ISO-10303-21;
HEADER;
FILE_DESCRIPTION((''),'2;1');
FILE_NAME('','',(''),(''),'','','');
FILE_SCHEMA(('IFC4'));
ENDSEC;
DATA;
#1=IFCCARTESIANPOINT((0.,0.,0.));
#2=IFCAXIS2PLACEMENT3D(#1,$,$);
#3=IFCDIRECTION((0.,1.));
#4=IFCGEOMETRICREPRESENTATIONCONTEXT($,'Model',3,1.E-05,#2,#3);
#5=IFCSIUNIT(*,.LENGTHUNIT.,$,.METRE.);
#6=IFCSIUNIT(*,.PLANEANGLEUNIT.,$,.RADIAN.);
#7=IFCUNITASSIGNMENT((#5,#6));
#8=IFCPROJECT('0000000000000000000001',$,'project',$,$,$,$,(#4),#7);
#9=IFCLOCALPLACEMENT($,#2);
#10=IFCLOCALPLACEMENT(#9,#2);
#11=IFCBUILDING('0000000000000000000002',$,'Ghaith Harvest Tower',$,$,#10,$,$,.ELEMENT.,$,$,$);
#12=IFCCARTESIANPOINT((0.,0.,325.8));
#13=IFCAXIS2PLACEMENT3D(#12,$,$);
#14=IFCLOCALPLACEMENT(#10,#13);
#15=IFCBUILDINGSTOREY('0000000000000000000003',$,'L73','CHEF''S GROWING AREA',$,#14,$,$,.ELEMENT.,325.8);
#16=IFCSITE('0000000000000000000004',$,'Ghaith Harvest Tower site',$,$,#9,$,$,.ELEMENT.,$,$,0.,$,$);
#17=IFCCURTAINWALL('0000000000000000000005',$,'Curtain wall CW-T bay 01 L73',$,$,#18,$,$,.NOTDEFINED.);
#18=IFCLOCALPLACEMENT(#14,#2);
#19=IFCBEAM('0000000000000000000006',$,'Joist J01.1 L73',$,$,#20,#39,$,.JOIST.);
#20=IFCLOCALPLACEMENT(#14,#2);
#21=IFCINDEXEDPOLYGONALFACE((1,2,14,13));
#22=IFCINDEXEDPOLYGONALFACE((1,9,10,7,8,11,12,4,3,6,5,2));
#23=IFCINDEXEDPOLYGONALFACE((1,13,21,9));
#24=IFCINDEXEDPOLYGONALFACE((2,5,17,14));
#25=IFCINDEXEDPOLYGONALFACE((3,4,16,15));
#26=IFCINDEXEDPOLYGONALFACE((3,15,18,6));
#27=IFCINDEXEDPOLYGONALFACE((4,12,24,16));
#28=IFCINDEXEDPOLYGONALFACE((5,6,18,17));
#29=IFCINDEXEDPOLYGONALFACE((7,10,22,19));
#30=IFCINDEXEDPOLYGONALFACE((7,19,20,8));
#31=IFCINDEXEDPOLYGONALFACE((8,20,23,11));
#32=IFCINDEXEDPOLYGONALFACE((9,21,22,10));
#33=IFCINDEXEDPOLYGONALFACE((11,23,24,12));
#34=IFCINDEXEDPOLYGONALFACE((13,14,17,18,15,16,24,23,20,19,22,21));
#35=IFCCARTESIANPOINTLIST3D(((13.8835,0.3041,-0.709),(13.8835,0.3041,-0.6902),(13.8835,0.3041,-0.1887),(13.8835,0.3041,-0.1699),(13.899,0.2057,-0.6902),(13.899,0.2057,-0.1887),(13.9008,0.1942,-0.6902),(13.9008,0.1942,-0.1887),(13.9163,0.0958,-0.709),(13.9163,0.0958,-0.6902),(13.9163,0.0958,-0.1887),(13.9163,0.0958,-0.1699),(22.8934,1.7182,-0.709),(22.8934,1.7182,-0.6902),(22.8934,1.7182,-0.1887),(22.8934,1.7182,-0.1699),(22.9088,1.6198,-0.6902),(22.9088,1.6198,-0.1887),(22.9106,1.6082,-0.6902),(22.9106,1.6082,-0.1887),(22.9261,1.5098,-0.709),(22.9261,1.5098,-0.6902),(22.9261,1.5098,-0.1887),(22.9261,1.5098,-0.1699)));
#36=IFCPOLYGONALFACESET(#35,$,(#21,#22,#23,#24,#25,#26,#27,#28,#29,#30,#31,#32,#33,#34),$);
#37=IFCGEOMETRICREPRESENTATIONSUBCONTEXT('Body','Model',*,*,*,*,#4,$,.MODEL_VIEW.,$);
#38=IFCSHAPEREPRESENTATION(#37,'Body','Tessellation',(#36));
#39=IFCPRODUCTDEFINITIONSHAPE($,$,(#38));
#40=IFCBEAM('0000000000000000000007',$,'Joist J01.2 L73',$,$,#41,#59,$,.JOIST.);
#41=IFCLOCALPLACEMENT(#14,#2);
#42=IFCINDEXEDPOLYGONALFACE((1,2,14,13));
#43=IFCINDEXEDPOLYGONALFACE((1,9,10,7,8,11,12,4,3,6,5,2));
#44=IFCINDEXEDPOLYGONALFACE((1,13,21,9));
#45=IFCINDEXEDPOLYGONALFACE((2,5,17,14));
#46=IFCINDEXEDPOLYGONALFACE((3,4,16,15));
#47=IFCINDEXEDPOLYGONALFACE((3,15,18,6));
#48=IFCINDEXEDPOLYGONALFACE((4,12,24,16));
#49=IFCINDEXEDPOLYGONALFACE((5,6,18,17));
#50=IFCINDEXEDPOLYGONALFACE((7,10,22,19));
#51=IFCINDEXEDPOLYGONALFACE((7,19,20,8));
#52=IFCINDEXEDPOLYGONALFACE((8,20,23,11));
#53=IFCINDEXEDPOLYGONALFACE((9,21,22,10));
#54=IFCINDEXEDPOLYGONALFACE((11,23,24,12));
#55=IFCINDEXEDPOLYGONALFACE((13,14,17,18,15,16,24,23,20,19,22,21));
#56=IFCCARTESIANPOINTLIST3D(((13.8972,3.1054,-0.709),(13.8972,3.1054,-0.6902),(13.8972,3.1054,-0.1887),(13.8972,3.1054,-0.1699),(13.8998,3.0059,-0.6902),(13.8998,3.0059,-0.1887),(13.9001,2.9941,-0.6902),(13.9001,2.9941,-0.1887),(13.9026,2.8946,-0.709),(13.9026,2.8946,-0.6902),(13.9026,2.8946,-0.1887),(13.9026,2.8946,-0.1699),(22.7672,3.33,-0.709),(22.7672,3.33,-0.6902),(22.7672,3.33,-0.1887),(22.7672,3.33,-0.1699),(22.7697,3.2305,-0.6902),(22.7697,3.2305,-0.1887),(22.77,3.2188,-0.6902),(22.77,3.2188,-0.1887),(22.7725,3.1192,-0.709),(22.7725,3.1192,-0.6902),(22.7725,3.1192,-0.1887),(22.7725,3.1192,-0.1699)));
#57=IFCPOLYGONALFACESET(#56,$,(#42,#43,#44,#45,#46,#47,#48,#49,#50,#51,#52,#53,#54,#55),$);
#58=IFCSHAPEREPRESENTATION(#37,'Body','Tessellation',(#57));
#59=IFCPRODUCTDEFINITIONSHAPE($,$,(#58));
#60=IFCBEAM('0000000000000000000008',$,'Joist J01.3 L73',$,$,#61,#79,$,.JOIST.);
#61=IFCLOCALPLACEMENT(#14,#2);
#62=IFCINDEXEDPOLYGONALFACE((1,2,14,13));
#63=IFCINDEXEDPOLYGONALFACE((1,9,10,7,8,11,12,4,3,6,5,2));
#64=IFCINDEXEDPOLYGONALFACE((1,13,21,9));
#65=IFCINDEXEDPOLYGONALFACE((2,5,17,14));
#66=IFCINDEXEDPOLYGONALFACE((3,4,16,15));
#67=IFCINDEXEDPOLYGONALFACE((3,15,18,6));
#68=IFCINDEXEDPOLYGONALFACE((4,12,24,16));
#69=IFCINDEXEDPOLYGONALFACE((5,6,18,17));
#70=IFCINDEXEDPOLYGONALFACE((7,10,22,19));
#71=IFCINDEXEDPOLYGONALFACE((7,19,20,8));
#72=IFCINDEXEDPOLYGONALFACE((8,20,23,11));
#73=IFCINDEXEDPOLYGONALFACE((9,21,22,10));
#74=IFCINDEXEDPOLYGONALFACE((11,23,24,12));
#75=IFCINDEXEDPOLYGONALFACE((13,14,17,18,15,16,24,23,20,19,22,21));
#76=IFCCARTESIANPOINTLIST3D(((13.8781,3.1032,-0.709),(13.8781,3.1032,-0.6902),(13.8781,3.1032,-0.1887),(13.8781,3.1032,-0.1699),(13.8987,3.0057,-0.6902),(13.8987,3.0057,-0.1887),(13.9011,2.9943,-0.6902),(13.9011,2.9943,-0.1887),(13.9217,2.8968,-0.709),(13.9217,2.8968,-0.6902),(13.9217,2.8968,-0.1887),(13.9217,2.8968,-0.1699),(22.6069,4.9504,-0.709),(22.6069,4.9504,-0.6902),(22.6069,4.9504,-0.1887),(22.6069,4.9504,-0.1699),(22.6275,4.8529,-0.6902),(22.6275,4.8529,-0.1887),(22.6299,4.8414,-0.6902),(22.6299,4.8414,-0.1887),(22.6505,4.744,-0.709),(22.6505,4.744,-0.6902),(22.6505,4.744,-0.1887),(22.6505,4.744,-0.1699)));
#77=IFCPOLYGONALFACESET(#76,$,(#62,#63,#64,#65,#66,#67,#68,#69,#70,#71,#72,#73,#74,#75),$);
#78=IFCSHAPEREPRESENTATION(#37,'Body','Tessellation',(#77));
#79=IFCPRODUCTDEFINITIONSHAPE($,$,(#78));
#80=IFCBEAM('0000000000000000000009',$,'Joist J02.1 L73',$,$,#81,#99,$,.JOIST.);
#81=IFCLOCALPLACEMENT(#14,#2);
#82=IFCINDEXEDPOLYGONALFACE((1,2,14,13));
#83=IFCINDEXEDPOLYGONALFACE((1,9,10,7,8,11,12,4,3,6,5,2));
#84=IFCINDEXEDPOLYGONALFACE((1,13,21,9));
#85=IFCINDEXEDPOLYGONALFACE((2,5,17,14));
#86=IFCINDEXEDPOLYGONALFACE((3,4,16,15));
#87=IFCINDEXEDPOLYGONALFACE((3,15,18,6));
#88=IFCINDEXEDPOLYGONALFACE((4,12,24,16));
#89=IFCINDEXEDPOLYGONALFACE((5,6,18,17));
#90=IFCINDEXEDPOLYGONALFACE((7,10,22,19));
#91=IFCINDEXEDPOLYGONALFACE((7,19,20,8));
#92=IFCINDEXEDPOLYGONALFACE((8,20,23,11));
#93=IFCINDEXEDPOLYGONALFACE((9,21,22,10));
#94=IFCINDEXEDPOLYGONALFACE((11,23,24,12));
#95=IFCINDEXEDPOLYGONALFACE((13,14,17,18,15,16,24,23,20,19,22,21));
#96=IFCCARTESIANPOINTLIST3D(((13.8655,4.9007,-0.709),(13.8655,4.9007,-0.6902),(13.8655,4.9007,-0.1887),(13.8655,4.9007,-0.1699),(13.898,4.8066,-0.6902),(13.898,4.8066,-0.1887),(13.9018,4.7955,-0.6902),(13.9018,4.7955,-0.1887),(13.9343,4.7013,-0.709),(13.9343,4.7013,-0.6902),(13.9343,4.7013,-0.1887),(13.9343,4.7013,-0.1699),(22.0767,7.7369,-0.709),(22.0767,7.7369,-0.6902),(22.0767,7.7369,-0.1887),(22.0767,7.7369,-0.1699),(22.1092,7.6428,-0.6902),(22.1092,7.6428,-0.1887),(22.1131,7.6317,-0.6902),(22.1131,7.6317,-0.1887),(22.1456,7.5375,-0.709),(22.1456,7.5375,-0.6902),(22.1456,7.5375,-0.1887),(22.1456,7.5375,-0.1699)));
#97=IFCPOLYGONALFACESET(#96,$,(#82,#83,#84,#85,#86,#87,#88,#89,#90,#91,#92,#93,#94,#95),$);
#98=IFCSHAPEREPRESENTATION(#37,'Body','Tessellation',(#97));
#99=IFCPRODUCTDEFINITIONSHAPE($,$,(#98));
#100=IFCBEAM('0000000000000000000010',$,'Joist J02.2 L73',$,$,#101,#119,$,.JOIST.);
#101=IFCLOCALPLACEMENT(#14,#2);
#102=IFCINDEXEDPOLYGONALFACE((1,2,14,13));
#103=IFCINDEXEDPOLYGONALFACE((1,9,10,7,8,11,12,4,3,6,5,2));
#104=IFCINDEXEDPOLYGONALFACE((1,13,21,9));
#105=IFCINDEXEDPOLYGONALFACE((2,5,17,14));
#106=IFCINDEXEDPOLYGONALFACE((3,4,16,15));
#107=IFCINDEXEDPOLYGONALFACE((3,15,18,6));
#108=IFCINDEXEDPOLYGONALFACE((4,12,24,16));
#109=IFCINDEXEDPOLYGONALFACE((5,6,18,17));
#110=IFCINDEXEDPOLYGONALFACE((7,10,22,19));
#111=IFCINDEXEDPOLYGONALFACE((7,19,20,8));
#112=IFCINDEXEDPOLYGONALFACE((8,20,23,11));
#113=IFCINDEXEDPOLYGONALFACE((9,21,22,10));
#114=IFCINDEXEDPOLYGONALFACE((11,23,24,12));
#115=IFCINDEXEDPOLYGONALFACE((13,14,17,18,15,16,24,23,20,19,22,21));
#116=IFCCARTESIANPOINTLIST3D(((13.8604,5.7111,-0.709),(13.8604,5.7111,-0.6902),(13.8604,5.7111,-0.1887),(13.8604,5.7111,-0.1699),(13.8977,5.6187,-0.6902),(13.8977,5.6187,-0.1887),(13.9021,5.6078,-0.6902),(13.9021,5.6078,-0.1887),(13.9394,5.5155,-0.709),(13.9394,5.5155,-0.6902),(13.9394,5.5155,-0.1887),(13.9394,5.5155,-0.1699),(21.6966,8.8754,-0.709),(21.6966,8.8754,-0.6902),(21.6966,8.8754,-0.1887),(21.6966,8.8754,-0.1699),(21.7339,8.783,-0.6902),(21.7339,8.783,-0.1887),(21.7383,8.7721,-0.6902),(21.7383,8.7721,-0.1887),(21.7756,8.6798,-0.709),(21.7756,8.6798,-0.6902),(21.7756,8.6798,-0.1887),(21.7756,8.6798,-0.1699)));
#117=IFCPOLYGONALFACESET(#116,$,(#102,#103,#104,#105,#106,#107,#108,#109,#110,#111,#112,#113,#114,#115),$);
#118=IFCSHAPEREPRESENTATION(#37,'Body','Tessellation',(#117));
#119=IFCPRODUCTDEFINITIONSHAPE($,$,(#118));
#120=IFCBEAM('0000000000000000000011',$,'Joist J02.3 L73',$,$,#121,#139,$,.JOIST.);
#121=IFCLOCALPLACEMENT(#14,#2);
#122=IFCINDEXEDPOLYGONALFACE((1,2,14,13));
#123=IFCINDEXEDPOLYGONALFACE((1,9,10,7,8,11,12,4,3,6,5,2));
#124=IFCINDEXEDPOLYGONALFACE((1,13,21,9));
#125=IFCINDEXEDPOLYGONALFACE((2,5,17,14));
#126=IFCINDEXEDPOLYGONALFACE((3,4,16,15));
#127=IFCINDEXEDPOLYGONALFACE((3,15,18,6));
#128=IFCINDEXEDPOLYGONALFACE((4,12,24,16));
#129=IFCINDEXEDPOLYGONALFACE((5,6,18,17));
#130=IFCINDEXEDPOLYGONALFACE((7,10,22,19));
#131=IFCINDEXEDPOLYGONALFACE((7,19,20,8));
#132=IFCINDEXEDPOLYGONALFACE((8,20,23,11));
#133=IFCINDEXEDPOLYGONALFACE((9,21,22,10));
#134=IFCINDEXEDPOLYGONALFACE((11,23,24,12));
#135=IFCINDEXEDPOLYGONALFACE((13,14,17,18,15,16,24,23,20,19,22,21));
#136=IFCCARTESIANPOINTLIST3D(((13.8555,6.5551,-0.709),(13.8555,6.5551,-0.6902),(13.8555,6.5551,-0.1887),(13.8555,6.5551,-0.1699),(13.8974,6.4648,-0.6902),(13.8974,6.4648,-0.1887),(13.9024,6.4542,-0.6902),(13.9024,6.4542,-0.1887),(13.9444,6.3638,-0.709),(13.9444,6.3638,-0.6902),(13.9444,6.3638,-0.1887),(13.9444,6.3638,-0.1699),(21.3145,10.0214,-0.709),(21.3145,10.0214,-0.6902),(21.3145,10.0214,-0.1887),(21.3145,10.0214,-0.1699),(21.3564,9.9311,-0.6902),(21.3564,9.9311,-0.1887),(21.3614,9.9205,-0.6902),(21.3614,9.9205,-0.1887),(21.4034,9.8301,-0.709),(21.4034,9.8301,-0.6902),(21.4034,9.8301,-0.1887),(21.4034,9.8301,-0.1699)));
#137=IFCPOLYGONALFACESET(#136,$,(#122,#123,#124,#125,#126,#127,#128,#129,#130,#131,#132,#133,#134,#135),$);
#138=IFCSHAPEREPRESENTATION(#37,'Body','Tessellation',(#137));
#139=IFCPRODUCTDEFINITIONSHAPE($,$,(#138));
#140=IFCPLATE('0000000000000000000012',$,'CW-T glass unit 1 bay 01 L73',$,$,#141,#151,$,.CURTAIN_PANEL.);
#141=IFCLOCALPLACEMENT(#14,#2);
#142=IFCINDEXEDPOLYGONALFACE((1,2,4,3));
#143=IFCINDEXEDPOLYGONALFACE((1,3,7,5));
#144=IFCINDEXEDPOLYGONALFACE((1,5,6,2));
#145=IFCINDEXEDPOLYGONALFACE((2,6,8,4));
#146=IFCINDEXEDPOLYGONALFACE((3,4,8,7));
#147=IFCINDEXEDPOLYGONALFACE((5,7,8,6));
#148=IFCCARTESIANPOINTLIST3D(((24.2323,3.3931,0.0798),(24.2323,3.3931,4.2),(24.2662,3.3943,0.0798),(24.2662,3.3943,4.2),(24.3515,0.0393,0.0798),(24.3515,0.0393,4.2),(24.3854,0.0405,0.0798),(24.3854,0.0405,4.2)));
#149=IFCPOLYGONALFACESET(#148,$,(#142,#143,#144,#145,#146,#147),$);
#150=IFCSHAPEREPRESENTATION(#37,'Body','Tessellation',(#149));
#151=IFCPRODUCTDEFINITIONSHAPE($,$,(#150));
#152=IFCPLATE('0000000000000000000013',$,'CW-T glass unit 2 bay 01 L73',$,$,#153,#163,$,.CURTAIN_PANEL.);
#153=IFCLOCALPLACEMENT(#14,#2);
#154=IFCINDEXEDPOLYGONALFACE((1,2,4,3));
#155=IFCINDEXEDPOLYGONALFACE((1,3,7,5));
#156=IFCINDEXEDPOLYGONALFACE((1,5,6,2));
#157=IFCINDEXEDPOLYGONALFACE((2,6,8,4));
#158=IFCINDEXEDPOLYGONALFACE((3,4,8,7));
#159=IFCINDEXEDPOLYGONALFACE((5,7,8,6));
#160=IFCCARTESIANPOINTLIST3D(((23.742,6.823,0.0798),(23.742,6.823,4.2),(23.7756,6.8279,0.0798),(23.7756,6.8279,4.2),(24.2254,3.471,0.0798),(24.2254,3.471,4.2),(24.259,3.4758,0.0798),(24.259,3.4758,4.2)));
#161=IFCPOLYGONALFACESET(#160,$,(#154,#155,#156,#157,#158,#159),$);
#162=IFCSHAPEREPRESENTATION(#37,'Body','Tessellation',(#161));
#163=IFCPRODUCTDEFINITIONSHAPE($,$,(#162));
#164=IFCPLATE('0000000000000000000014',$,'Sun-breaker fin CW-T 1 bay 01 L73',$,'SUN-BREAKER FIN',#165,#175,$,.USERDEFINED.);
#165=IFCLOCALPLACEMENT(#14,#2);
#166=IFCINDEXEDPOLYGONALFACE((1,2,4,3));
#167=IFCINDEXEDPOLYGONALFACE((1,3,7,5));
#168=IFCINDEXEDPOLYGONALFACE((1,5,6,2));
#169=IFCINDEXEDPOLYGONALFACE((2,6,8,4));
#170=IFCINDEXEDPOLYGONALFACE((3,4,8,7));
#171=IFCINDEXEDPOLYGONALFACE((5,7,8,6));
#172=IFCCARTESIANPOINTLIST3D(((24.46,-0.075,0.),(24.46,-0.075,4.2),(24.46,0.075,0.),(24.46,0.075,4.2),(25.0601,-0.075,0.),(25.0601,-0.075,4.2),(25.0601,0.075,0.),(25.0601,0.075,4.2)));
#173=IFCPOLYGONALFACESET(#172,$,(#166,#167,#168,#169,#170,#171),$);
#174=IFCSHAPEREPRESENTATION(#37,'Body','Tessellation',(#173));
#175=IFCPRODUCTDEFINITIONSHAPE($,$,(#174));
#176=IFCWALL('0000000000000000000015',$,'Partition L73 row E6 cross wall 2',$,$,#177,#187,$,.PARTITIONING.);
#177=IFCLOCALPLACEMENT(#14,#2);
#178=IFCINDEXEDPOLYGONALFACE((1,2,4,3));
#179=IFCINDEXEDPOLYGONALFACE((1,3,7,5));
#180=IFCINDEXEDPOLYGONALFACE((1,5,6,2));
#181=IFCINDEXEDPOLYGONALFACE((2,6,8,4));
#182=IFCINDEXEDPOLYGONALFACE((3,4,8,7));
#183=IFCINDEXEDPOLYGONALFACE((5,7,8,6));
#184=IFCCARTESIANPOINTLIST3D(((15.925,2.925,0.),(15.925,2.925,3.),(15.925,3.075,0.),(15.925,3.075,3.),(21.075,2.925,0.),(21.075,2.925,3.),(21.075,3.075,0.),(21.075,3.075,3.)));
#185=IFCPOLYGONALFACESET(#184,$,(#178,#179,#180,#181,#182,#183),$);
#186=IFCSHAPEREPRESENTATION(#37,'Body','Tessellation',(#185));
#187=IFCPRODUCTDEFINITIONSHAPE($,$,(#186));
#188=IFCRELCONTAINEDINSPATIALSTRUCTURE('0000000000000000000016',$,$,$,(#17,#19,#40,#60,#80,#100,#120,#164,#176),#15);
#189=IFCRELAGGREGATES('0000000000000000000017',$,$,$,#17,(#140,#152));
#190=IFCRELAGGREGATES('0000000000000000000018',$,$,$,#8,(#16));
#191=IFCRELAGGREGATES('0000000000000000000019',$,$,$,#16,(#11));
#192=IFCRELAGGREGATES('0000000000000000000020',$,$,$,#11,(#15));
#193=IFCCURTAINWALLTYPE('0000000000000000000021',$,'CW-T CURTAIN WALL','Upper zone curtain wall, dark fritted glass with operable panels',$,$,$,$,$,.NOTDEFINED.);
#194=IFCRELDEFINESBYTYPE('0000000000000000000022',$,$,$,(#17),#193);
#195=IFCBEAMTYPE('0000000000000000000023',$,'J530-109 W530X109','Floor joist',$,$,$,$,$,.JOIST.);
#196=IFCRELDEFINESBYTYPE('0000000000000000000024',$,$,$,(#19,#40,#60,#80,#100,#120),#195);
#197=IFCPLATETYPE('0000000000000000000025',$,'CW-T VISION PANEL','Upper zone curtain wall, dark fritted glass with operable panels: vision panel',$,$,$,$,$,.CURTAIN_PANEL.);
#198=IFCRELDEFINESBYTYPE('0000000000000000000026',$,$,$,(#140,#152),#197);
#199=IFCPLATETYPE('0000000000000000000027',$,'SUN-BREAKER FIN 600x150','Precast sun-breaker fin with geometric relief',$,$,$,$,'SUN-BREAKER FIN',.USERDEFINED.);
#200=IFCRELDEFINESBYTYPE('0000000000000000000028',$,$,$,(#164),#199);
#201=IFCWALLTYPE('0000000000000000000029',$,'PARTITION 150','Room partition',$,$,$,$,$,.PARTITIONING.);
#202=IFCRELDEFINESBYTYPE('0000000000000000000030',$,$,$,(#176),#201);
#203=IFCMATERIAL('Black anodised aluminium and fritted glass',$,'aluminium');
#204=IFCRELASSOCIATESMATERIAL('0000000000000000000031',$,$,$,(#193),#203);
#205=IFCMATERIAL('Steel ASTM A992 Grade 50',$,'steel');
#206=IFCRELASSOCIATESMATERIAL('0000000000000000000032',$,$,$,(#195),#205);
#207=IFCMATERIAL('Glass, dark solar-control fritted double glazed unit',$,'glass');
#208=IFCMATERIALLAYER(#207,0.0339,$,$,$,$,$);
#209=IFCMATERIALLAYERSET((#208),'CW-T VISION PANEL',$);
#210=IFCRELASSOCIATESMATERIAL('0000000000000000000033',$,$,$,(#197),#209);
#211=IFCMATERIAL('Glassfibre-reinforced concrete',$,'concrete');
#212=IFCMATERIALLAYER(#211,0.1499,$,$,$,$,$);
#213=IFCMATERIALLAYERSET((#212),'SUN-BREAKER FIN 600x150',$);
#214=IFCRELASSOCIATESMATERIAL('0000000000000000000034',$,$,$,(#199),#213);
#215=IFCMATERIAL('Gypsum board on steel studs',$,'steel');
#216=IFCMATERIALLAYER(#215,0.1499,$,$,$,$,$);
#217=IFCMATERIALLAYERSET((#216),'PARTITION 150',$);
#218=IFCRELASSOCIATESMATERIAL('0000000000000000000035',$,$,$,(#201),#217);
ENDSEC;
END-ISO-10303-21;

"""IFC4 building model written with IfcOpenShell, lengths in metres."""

from ifc_helpers import new_model, si_unit, direction, frame, frame_2d, origin, origin_2d, place, context, subcontext, project, spatial, rectangle, i_section, extrude, material, layer, layer_set, material_profile, profile_set, type_object, element, aggregate, save


model = new_model("IFC4")

# Units and contexts
model_context = context("Model", 3, precision=1e-05, world=origin(), true_north=direction((0.0, 1.0)))
body_context = subcontext(model_context, "Body", "Model", "MODEL_VIEW")
ifc_project = project(units=[si_unit("LENGTHUNIT", "METRE"), si_unit("PLANEANGLEUNIT", "RADIAN")], contexts=[model_context])

# Site, building, storey
site_placement = place(None, origin())
site = spatial("IfcSite", under=ifc_project, at=site_placement, Name="Ghaith Harvest Tower site", CompositionType="ELEMENT", RefElevation=0.0)
building_placement = place(site_placement, origin())
building = spatial("IfcBuilding", under=site, at=building_placement, Name="Ghaith Harvest Tower", CompositionType="ELEMENT")
storey_placement = place(building_placement, frame((0.0, 0.0, 325.8)))
storey = spatial("IfcBuildingStorey", under=building, at=storey_placement, Name="L73", Description="CHEF'S GROWING AREA", CompositionType="ELEMENT", Elevation=325.8)

# Curtain wall
ifc_material_1 = material(Name="Black anodised aluminium and fritted glass", Category="aluminium")
curtain_wall_type = type_object("IfcCurtainWallType", Name="CW-T CURTAIN WALL", Description="Upper zone curtain wall, dark fritted glass with operable panels", PredefinedType="NOTDEFINED", material=ifc_material_1)
curtain_wall_placement = place(storey_placement, origin())
curtain_wall = element("IfcCurtainWall", 1, at=curtain_wall_placement, inside=storey, type_object=curtain_wall_type, Name="Curtain wall CW-T bay 01 L73", PredefinedType="NOTDEFINED")

# Beams
ifc_material_2 = material(Name="Steel ASTM A992 Grade 50", Category="steel")
ifc_material_profile_1 = material_profile(ifc_material_2, i_section(OverallWidth=0.2109, OverallDepth=0.5391, WebThickness=0.0117, FlangeThickness=0.0188, at=origin_2d()), Name="W530X109")
ifc_profile_set_1 = profile_set([ifc_material_profile_1], Name="Steel ASTM A992 Grade 50")
beam_type_1 = type_object("IfcBeamType", Name="J530-109 W530X109", Description="Floor joist", PredefinedType="JOIST", material=ifc_profile_set_1)
beam_1_placement = place(storey_placement, frame((13.8999, 0.2, -0.4395), z_axis=(0.987907, 0.15505, 0.0), x_axis=(-0.15505, 0.987907, 0.0)))
element("IfcBeam", 2, at=beam_1_placement, inside=storey, type_object=beam_type_1, Name="Joist J01.1 L73", PredefinedType="JOIST", context=body_context, shape_type="SweptSolid", body=[
    extrude(i_section(OverallWidth=0.2109, OverallDepth=0.5391, WebThickness=0.0117, FlangeThickness=0.0188, at=origin_2d()), origin(), (0.0, 0.0, 1.0), 9.1201),
])
beam_2_placement = place(storey_placement, frame((13.8999, 3.0, -0.4395), z_axis=(0.99968, 0.025315, 0.0), x_axis=(-0.025315, 0.99968, 0.0)))
element("IfcBeam", 3, at=beam_2_placement, inside=storey, type_object=beam_type_1, Name="Joist J01.2 L73", PredefinedType="JOIST", context=body_context, shape_type="SweptSolid", body=[
    extrude(i_section(OverallWidth=0.2109, OverallDepth=0.5391, WebThickness=0.0117, FlangeThickness=0.0188, at=origin_2d()), origin(), (0.0, 0.0, 1.0), 8.8728),
])
beam_3_placement = place(storey_placement, frame((13.8999, 3.0, -0.4395), z_axis=(0.978334, 0.207034, 0.0), x_axis=(-0.207034, 0.978334, 0.0)))
element("IfcBeam", 4, at=beam_3_placement, inside=storey, type_object=beam_type_1, Name="Joist J01.3 L73", PredefinedType="JOIST", context=body_context, shape_type="SweptSolid", body=[
    extrude(i_section(OverallWidth=0.2109, OverallDepth=0.5391, WebThickness=0.0117, FlangeThickness=0.0188, at=origin_2d()), origin(), (0.0, 0.0, 1.0), 8.9221),
])
beam_4_placement = place(storey_placement, frame((13.8999, 4.801, -0.4395), z_axis=(0.945205, 0.326478, 0.0), x_axis=(-0.326478, 0.945205, 0.0)))
element("IfcBeam", 5, at=beam_4_placement, inside=storey, type_object=beam_type_1, Name="Joist J02.1 L73", PredefinedType="JOIST", context=body_context, shape_type="SweptSolid", body=[
    extrude(i_section(OverallWidth=0.2109, OverallDepth=0.5391, WebThickness=0.0117, FlangeThickness=0.0188, at=origin_2d()), origin(), (0.0, 0.0, 1.0), 8.6873),
])
beam_5_placement = place(storey_placement, frame((13.8999, 5.6133, -0.4395), z_axis=(0.927254, 0.374432, 0.0), x_axis=(-0.374432, 0.927254, 0.0)))
element("IfcBeam", 6, at=beam_5_placement, inside=storey, type_object=beam_type_1, Name="Joist J02.2 L73", PredefinedType="JOIST", context=body_context, shape_type="SweptSolid", body=[
    extrude(i_section(OverallWidth=0.2109, OverallDepth=0.5391, WebThickness=0.0117, FlangeThickness=0.0188, at=origin_2d()), origin(), (0.0, 0.0, 1.0), 8.4509),
])
beam_6_placement = place(storey_placement, frame((13.8999, 6.4595, -0.4395), z_axis=(0.90686, 0.421432, 0.0), x_axis=(-0.421432, 0.90686, 0.0)))
element("IfcBeam", 7, at=beam_6_placement, inside=storey, type_object=beam_type_1, Name="Joist J02.3 L73", PredefinedType="JOIST", context=body_context, shape_type="SweptSolid", body=[
    extrude(i_section(OverallWidth=0.2109, OverallDepth=0.5391, WebThickness=0.0117, FlangeThickness=0.0188, at=origin_2d()), origin(), (0.0, 0.0, 1.0), 8.2251),
])

# Plates
ifc_material_3 = material(Name="Glass, dark solar-control fritted double glazed unit", Category="glass")
ifc_layer_1 = layer(ifc_material_3, 0.0339)
ifc_layer_set_1 = layer_set([ifc_layer_1], Name="CW-T VISION PANEL")
plate_type_1 = type_object("IfcPlateType", Name="CW-T VISION PANEL", Description="Upper zone curtain wall, dark fritted glass with operable panels: vision panel", PredefinedType="CURTAIN_PANEL", material=ifc_layer_set_1)
plate_1_placement = place(storey_placement, frame((24.3088, 1.7168, 0.0798), z_axis=(0.0, 0.0, 1.0), x_axis=(-0.035536, 0.999368, 0.0)))
plate_1 = element("IfcPlate", 8, at=plate_1_placement, type_object=plate_type_1, Name="CW-T glass unit 1 bay 01 L73", PredefinedType="CURTAIN_PANEL", context=body_context, shape_type="SweptSolid", body=[
    extrude(rectangle(XDim=3.356, YDim=0.0339, at=origin_2d()), origin(), (0.0, 0.0, 1.0), 4.1201),
])
plate_2_placement = place(storey_placement, frame((24.0005, 5.1494, 0.0798), z_axis=(0.0, 0.0, 1.0), x_axis=(-0.14273, 0.989762, 0.0)))
plate_2 = element("IfcPlate", 9, at=plate_2_placement, type_object=plate_type_1, Name="CW-T glass unit 2 bay 01 L73", PredefinedType="CURTAIN_PANEL", context=body_context, shape_type="SweptSolid", body=[
    extrude(rectangle(XDim=3.3867, YDim=0.0339, at=origin_2d()), origin(), (0.0, 0.0, 1.0), 4.1201),
])
aggregate(curtain_wall, [plate_1, plate_2])
ifc_material_4 = material(Name="Glassfibre-reinforced concrete", Category="concrete")
ifc_layer_2 = layer(ifc_material_4, 0.1499)
ifc_layer_set_2 = layer_set([ifc_layer_2], Name="SUN-BREAKER FIN 600x150")
plate_type_2 = type_object("IfcPlateType", Name="SUN-BREAKER FIN 600x150", Description="Precast sun-breaker fin with geometric relief", ElementType="SUN-BREAKER FIN", PredefinedType="USERDEFINED", material=ifc_layer_set_2)
plate_3_placement = place(storey_placement, frame((24.76, 0.0, 0.0), z_axis=(0.0, 0.0, 1.0), x_axis=(1.0, 0.0, 0.0)))
element("IfcPlate", 10, at=plate_3_placement, inside=storey, type_object=plate_type_2, Name="Sun-breaker fin CW-T 1 bay 01 L73", ObjectType="SUN-BREAKER FIN", PredefinedType="USERDEFINED", context=body_context, shape_type="SweptSolid", body=[
    extrude(rectangle(XDim=0.6001, YDim=0.1499, at=origin_2d()), origin(), (0.0, 0.0, 1.0), 4.2),
])

# Wall
ifc_material_5 = material(Name="Gypsum board on steel studs", Category="steel")
ifc_layer_3 = layer(ifc_material_5, 0.1499)
ifc_layer_set_3 = layer_set([ifc_layer_3], Name="PARTITION 150")
wall_type = type_object("IfcWallType", Name="PARTITION 150", Description="Room partition", PredefinedType="PARTITIONING", material=ifc_layer_set_3)
wall_1_placement = place(storey_placement, frame((15.925, 3.0, 0.0), z_axis=(0.0, 0.0, 1.0), x_axis=(1.0, 0.0, 0.0)))
element("IfcWall", 11, at=wall_1_placement, inside=storey, type_object=wall_type, Name="Partition L73 row E6 cross wall 2", PredefinedType="PARTITIONING", context=body_context, shape_type="SweptSolid", body=[
    extrude(rectangle(XDim=5.1499, YDim=0.1499, at=frame_2d((2.575, 0.0))), origin(), (0.0, 0.0, 1.0), 3.0),
])

save(model, "model.ifc")
